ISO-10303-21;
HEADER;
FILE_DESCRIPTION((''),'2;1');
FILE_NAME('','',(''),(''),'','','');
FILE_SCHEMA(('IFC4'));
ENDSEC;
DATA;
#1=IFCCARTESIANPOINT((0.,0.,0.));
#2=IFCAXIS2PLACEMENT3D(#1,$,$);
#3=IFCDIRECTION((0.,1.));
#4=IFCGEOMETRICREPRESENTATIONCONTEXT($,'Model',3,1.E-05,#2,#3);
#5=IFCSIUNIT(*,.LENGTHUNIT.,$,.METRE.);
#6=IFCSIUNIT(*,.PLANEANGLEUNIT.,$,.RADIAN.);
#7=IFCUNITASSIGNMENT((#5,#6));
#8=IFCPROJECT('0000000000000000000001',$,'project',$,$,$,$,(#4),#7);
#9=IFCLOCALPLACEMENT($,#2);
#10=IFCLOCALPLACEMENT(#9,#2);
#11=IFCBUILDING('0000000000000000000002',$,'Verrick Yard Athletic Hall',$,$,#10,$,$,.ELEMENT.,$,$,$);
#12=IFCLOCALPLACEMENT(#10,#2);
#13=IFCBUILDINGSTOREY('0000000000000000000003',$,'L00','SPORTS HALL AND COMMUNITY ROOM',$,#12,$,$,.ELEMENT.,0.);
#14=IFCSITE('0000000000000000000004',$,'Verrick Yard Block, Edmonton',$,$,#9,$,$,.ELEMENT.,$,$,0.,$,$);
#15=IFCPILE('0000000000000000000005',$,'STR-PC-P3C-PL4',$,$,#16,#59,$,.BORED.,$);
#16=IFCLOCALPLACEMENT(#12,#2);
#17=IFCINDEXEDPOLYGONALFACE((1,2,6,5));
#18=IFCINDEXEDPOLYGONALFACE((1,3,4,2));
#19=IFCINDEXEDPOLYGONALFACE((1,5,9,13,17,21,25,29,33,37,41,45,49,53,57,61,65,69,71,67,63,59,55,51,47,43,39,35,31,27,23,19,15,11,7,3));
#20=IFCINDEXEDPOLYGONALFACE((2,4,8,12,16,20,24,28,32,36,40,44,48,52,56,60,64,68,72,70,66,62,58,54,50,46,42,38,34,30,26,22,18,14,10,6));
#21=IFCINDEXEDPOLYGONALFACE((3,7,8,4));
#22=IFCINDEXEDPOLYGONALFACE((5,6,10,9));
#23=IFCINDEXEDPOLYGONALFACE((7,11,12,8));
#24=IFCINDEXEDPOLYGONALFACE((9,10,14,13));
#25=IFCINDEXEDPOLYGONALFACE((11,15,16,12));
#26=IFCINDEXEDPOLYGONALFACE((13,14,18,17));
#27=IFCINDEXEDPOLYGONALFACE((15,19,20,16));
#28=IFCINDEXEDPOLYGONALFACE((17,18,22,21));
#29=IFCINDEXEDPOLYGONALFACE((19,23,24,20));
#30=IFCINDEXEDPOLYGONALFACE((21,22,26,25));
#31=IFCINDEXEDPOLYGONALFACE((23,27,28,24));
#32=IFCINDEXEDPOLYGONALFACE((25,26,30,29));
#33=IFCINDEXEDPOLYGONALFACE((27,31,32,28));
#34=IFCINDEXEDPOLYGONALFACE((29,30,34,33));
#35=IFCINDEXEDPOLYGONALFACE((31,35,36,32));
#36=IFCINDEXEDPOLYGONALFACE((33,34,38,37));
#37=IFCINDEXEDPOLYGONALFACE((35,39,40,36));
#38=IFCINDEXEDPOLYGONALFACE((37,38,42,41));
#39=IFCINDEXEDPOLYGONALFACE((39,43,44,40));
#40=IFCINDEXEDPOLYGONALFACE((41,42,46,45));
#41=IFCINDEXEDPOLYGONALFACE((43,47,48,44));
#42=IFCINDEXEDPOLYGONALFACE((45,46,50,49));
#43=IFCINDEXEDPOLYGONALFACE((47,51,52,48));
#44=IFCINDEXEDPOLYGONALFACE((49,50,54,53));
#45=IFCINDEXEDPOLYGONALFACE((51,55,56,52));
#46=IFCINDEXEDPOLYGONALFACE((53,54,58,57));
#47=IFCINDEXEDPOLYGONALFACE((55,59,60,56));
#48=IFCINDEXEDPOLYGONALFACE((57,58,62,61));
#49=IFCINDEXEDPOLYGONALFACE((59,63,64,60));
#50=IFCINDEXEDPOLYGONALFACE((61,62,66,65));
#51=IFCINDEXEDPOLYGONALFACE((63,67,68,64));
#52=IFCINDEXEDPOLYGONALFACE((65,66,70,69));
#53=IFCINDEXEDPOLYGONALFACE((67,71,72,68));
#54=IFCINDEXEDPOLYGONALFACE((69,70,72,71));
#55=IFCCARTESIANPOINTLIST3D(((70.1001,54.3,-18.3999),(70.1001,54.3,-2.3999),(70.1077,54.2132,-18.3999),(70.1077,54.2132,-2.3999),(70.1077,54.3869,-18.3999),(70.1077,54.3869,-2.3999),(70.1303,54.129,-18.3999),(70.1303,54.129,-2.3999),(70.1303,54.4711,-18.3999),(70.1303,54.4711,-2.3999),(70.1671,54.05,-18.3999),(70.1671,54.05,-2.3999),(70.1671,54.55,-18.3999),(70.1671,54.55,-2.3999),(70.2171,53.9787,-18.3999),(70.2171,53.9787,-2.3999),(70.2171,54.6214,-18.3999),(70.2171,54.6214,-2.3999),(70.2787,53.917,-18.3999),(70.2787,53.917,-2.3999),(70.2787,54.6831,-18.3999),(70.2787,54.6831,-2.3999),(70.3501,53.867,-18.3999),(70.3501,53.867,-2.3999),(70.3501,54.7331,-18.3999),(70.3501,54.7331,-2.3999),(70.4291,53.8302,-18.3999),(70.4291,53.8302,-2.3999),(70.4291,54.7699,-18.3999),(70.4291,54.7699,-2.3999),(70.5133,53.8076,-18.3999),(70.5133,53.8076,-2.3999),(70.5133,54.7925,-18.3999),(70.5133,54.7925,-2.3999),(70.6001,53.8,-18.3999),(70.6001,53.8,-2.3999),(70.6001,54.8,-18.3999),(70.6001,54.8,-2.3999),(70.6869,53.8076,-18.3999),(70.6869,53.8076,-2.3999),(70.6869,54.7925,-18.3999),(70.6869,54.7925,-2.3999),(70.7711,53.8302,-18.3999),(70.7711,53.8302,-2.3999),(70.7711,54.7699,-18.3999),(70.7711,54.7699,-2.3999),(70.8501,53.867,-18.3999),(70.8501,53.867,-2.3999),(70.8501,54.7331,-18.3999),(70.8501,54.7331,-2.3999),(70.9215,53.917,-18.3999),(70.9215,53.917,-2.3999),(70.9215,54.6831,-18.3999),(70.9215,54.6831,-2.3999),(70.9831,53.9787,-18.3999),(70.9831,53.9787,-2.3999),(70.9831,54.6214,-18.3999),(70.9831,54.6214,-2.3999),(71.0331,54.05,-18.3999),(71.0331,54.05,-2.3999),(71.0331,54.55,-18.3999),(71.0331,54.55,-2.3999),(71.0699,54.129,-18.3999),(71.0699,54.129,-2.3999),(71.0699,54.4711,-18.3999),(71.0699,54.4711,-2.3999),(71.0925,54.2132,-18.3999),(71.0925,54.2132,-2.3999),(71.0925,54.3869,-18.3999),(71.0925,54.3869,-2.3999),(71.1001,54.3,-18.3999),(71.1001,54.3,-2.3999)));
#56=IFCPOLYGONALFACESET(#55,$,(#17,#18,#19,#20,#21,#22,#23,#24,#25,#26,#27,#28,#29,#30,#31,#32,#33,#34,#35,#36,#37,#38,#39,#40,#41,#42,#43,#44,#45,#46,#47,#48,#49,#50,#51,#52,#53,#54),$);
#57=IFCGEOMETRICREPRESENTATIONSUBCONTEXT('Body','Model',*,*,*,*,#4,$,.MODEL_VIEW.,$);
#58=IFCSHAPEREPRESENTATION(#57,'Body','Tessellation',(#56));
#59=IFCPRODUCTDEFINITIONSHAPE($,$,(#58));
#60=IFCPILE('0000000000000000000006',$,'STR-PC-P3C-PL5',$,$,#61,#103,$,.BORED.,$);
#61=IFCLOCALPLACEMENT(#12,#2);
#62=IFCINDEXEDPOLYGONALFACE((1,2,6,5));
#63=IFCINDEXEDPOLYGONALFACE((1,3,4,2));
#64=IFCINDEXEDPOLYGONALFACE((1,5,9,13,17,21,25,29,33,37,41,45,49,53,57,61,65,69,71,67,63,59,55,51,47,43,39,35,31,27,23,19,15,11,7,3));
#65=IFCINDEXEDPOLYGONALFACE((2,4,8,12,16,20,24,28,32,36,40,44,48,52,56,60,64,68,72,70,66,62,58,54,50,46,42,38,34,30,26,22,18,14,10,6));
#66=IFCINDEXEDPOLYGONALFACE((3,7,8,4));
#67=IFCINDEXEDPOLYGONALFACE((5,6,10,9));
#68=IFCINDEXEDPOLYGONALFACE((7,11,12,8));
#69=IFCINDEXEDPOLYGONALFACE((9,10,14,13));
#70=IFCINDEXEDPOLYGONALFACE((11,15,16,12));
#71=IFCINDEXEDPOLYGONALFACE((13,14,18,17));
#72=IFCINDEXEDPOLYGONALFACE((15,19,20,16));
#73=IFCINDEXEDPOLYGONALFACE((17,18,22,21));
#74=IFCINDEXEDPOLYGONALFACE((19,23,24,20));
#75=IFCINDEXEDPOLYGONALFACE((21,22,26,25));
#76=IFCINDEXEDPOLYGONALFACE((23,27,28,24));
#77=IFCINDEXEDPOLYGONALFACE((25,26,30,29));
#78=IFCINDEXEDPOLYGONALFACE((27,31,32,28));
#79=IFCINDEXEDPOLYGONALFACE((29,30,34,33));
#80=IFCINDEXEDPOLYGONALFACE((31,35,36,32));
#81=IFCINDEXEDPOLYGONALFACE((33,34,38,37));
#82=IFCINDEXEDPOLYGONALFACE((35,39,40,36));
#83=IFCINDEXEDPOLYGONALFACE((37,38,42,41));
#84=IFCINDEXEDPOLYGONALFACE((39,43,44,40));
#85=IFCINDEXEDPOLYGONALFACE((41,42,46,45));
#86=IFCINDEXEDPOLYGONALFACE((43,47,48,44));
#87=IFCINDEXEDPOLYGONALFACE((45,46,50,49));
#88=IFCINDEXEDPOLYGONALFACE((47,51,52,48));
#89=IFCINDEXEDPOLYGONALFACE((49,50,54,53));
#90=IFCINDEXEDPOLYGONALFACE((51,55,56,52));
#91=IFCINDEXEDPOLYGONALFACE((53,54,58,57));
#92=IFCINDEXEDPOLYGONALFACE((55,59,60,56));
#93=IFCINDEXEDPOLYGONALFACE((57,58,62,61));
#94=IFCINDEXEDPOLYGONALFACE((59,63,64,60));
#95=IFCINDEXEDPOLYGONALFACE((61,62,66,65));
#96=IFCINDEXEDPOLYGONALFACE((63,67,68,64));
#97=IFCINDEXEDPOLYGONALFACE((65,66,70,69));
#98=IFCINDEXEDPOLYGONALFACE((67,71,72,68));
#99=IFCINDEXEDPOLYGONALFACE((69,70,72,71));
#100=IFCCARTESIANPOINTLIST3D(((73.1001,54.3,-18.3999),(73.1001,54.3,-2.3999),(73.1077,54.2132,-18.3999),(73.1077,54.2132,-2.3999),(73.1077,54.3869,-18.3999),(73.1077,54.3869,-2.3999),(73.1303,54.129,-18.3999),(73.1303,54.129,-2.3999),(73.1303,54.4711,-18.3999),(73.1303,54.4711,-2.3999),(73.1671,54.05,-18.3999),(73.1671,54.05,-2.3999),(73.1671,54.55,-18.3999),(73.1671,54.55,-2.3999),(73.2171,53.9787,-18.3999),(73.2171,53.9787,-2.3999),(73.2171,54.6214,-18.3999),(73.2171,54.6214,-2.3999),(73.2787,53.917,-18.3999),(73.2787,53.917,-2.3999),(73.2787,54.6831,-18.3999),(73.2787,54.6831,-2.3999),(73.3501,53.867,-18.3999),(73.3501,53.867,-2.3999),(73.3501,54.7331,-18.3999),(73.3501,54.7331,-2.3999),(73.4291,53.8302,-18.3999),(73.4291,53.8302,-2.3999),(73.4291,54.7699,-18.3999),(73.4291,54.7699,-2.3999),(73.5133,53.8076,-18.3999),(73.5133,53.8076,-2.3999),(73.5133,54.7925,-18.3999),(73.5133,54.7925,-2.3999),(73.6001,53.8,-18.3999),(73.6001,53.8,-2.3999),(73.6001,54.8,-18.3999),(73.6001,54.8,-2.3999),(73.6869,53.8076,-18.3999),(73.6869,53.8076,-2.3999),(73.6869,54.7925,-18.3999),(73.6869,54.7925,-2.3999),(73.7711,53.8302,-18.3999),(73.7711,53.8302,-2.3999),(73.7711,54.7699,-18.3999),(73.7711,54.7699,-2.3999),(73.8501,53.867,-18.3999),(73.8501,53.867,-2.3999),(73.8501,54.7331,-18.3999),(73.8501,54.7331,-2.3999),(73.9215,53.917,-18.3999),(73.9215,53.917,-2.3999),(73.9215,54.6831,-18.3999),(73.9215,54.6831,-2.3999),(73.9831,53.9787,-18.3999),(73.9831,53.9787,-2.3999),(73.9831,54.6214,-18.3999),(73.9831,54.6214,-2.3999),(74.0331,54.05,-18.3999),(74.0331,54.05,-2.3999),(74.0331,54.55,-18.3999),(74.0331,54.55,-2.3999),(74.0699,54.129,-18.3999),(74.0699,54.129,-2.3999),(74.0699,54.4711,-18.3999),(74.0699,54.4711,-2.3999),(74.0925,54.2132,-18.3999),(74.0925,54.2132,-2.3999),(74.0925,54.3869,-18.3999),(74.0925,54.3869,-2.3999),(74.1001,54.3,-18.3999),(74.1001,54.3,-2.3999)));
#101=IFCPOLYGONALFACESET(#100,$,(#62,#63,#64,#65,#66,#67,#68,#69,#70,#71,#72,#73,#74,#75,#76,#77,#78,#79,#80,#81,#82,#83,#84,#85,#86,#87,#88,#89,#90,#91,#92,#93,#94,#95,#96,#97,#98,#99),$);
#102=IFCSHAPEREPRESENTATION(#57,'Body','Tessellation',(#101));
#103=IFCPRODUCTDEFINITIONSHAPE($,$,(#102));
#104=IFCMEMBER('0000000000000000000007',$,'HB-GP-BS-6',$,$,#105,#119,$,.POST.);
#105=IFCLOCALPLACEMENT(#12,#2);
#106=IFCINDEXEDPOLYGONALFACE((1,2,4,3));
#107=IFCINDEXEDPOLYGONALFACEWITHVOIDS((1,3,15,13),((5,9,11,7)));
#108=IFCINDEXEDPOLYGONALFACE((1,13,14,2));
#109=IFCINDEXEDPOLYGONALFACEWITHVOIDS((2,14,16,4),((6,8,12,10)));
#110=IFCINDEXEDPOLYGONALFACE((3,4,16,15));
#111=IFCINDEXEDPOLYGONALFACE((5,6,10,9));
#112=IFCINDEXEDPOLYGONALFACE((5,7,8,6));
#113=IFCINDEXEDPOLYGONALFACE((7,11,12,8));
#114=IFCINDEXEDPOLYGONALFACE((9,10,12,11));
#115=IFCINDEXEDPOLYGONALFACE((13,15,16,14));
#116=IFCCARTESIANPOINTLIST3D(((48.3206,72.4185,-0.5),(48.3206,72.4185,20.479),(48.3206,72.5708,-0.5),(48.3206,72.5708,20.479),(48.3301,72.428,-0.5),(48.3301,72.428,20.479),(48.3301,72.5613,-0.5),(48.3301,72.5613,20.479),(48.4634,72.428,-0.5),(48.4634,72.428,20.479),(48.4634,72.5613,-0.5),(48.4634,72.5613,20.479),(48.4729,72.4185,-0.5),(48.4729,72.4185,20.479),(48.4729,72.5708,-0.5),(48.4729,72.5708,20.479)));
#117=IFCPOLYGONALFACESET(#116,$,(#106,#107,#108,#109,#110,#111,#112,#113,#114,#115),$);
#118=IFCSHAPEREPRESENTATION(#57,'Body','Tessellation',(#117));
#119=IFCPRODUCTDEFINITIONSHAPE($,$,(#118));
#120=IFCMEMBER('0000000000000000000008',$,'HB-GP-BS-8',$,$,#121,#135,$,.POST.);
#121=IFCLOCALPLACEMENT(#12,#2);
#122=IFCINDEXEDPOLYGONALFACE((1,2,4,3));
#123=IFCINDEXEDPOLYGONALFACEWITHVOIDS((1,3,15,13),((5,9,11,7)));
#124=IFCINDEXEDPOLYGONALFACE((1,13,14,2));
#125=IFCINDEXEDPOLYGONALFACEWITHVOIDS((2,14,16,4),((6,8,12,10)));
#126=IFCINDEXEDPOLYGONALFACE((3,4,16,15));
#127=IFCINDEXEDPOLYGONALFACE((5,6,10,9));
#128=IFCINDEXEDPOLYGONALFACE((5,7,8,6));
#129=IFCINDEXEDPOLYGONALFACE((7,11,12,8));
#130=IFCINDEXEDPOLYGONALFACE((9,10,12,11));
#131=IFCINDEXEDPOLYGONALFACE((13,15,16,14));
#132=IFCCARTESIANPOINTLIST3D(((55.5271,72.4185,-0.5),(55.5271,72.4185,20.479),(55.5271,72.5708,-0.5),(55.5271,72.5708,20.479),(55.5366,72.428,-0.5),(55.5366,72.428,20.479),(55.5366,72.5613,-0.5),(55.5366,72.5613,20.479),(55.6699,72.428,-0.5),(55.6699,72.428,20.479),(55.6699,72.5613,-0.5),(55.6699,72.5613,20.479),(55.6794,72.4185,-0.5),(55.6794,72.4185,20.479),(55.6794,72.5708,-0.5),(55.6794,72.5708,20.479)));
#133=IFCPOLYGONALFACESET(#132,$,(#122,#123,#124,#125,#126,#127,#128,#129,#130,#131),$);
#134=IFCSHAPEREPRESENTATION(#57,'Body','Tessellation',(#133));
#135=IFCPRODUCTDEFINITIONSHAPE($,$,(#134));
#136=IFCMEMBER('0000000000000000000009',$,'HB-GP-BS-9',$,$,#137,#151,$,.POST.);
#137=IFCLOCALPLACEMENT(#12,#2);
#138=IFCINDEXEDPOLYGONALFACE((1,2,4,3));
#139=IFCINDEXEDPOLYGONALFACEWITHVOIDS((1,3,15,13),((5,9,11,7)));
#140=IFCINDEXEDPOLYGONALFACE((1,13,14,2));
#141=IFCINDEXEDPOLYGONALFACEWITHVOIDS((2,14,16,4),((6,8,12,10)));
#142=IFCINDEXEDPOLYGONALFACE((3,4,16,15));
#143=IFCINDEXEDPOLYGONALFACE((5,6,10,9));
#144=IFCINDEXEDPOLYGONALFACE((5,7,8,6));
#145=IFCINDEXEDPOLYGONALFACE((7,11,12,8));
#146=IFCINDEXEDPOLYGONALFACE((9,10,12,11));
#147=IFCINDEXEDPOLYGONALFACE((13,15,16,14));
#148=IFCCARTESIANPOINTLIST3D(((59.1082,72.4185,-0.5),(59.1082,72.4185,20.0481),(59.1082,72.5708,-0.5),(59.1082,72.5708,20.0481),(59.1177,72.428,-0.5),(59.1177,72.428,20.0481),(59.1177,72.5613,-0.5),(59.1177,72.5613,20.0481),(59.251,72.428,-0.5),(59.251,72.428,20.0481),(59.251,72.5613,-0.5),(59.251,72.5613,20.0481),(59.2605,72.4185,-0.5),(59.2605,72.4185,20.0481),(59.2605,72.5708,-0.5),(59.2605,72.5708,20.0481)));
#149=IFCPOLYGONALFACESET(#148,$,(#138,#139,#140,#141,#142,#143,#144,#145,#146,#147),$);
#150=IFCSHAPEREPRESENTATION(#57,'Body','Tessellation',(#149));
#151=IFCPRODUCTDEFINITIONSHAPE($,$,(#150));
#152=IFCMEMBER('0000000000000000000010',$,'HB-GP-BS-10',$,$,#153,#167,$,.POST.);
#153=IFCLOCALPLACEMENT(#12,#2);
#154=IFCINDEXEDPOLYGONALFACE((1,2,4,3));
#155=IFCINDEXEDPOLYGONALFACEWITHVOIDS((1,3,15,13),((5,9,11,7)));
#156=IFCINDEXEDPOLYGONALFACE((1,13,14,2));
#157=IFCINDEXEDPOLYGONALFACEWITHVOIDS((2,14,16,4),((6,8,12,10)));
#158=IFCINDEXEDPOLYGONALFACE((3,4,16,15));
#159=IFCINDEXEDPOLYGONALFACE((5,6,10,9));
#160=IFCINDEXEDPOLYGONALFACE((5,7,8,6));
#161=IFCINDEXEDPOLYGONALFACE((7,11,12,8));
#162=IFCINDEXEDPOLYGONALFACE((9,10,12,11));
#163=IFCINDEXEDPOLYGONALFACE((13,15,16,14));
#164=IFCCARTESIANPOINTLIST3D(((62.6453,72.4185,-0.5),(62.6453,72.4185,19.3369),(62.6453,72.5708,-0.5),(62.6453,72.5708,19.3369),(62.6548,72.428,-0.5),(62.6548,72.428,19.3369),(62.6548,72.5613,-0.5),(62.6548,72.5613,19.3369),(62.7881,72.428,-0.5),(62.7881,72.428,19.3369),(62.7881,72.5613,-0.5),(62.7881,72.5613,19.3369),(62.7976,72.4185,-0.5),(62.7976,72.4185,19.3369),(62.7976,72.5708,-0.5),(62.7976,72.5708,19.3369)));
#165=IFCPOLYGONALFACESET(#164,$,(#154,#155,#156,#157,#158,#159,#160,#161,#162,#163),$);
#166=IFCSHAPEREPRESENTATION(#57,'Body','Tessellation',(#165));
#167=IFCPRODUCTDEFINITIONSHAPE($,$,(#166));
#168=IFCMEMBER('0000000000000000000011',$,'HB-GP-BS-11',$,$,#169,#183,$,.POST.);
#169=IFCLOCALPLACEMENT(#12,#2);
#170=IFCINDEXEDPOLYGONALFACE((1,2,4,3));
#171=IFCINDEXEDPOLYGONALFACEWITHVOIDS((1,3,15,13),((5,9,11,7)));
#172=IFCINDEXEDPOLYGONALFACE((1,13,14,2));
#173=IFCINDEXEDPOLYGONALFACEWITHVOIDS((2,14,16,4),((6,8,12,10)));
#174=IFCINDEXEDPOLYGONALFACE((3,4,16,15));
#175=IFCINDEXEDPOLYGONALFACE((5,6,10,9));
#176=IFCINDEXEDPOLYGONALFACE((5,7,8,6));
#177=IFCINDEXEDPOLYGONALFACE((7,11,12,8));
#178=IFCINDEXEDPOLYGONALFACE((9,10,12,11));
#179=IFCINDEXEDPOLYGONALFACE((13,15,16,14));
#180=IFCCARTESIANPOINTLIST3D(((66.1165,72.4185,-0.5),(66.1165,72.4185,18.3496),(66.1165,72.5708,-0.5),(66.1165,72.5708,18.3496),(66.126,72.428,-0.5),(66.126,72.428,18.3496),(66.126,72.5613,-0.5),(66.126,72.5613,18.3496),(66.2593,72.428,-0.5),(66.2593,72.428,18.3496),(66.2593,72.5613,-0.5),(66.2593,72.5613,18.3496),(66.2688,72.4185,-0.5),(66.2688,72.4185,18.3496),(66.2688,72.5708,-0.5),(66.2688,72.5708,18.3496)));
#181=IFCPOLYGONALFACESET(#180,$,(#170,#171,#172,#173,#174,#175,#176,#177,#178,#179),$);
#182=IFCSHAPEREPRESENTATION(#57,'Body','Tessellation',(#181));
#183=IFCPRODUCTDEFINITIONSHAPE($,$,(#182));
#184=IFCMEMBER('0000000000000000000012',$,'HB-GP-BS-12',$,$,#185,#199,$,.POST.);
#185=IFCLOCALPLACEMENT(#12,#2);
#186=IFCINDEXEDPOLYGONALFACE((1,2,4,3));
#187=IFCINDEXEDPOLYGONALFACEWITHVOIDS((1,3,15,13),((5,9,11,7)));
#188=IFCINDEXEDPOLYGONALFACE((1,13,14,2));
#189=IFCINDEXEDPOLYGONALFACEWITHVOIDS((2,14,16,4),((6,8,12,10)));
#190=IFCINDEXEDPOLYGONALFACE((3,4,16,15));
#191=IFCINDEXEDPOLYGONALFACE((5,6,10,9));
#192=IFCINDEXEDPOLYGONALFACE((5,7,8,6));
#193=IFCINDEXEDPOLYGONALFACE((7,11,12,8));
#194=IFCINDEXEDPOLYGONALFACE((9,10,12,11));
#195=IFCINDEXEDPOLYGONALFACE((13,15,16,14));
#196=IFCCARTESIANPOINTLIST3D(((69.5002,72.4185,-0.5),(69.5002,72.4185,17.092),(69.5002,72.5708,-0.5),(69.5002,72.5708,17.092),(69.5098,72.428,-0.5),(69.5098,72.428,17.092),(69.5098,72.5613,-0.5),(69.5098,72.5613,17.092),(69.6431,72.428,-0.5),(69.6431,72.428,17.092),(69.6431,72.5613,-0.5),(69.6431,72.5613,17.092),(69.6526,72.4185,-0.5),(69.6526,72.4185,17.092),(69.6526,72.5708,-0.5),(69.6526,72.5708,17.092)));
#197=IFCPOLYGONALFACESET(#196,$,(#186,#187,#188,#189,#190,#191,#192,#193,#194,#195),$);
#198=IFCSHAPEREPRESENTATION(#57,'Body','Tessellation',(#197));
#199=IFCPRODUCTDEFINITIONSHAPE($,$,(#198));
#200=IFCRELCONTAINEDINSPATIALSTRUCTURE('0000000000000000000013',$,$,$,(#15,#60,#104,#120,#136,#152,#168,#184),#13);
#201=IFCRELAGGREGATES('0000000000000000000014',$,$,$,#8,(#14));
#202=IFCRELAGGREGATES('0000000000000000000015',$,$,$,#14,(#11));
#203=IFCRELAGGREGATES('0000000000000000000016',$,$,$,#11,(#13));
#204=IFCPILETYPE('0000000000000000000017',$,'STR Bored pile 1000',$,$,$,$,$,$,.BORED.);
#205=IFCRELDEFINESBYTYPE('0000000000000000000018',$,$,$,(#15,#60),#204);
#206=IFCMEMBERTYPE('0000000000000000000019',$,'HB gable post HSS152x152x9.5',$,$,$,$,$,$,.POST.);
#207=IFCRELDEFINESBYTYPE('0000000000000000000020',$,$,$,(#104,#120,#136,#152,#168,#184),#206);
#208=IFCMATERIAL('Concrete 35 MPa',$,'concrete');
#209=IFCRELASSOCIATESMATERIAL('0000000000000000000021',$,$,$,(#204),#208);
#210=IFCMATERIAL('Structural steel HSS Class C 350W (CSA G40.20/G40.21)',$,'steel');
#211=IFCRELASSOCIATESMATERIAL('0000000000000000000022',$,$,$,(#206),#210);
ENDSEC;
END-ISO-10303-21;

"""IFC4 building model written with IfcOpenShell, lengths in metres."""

from ifc_helpers import new_model, si_unit, direction, frame, origin, origin_2d, place, context, subcontext, project, spatial, hollow_rectangle, circle, extrude, material, material_profile, profile_set, type_object, element, save


model = new_model("IFC4")

# Units and contexts
model_context = context("Model", 3, precision=1e-05, world=origin(), true_north=direction((0.0, 1.0)))
body_context = subcontext(model_context, "Body", "Model", "MODEL_VIEW")
ifc_project = project(units=[si_unit("LENGTHUNIT", "METRE"), si_unit("PLANEANGLEUNIT", "RADIAN")], contexts=[model_context])

# Site, building, storey
site_placement = place(None, origin())
site = spatial("IfcSite", under=ifc_project, at=site_placement, Name="Verrick Yard Block, Edmonton", CompositionType="ELEMENT", RefElevation=0.0)
building_placement = place(site_placement, origin())
building = spatial("IfcBuilding", under=site, at=building_placement, Name="Verrick Yard Athletic Hall", CompositionType="ELEMENT")
storey_placement = place(building_placement, origin())
storey = spatial("IfcBuildingStorey", under=building, at=storey_placement, Name="L00", Description="SPORTS HALL AND COMMUNITY ROOM", CompositionType="ELEMENT", Elevation=0.0)

# Piles
ifc_material_1 = material(Name="Concrete 35 MPa", Category="concrete")
pile_type_1 = type_object("IfcPileType", Name="STR Bored pile 1000", PredefinedType="BORED", material=ifc_material_1)
for number, where, z_axis, x_axis, name in (
    (1, (70.6001, 54.3, -2.3999), (0.0, 0.0, -1.0), (1.0, 0.0, 0.0), "STR-PC-P3C-PL4"),
    (2, (73.6001, 54.3, -2.3999), (0.0, 0.0, -1.0), (1.0, 0.0, 0.0), "STR-PC-P3C-PL5"),
):
    element("IfcPile", number, at=place(storey_placement, frame(where, z_axis=z_axis, x_axis=x_axis)), inside=storey, type_object=pile_type_1, Name=name, PredefinedType="BORED", context=body_context, shape_type="SweptSolid", body=[
        extrude(circle(Radius=0.5, at=origin_2d()), origin(), (0.0, 0.0, 1.0), 16.0),
    ])

# Members
ifc_material_2 = material(Name="Structural steel HSS Class C 350W (CSA G40.20/G40.21)", Category="steel")
ifc_material_profile_1 = material_profile(ifc_material_2, hollow_rectangle(XDim=0.1523, YDim=0.1523, WallThickness=0.0095, at=origin_2d()), Name="HSS152x152x9.5")
ifc_profile_set_1 = profile_set([ifc_material_profile_1], Name="Structural steel HSS Class C 350W (CSA G40.20/G40.21)")
member_type = type_object("IfcMemberType", Name="HB gable post HSS152x152x9.5", PredefinedType="POST", material=ifc_profile_set_1)
for number, where, z_axis, x_axis, name in (
    (3, (48.3967, 72.4946, -0.5), (0.0, 0.0, 1.0), (1.0, 0.0, 0.0), "HB-GP-BS-6"),
    (4, (55.6033, 72.4946, -0.5), (0.0, 0.0, 1.0), (1.0, 0.0, 0.0), "HB-GP-BS-8"),
):
    element("IfcMember", number, at=place(storey_placement, frame(where, z_axis=z_axis, x_axis=x_axis)), inside=storey, type_object=member_type, Name=name, PredefinedType="POST", context=body_context, shape_type="SweptSolid", body=[
        extrude(hollow_rectangle(XDim=0.1523, YDim=0.1523, WallThickness=0.0095, at=origin_2d()), origin(), (0.0, 0.0, 1.0), 20.979),
    ])
member_1_placement = place(storey_placement, frame((59.1843, 72.4946, -0.5), z_axis=(0.0, 0.0, 1.0), x_axis=(1.0, 0.0, 0.0)))
element("IfcMember", 5, at=member_1_placement, inside=storey, type_object=member_type, Name="HB-GP-BS-9", PredefinedType="POST", context=body_context, shape_type="SweptSolid", body=[
    extrude(hollow_rectangle(XDim=0.1523, YDim=0.1523, WallThickness=0.0095, at=origin_2d()), origin(), (0.0, 0.0, 1.0), 20.5481),
])
member_2_placement = place(storey_placement, frame((62.7214, 72.4946, -0.5), z_axis=(0.0, 0.0, 1.0), x_axis=(1.0, 0.0, 0.0)))
element("IfcMember", 6, at=member_2_placement, inside=storey, type_object=member_type, Name="HB-GP-BS-10", PredefinedType="POST", context=body_context, shape_type="SweptSolid", body=[
    extrude(hollow_rectangle(XDim=0.1523, YDim=0.1523, WallThickness=0.0095, at=origin_2d()), origin(), (0.0, 0.0, 1.0), 19.8369),
])
member_3_placement = place(storey_placement, frame((66.1926, 72.4946, -0.5), z_axis=(0.0, 0.0, 1.0), x_axis=(1.0, 0.0, 0.0)))
element("IfcMember", 7, at=member_3_placement, inside=storey, type_object=member_type, Name="HB-GP-BS-11", PredefinedType="POST", context=body_context, shape_type="SweptSolid", body=[
    extrude(hollow_rectangle(XDim=0.1523, YDim=0.1523, WallThickness=0.0095, at=origin_2d()), origin(), (0.0, 0.0, 1.0), 18.8496),
])
member_4_placement = place(storey_placement, frame((69.5764, 72.4946, -0.5), z_axis=(0.0, 0.0, 1.0), x_axis=(1.0, 0.0, 0.0)))
element("IfcMember", 8, at=member_4_placement, inside=storey, type_object=member_type, Name="HB-GP-BS-12", PredefinedType="POST", context=body_context, shape_type="SweptSolid", body=[
    extrude(hollow_rectangle(XDim=0.1523, YDim=0.1523, WallThickness=0.0095, at=origin_2d()), origin(), (0.0, 0.0, 1.0), 17.592),
])

save(model, "model.ifc")
